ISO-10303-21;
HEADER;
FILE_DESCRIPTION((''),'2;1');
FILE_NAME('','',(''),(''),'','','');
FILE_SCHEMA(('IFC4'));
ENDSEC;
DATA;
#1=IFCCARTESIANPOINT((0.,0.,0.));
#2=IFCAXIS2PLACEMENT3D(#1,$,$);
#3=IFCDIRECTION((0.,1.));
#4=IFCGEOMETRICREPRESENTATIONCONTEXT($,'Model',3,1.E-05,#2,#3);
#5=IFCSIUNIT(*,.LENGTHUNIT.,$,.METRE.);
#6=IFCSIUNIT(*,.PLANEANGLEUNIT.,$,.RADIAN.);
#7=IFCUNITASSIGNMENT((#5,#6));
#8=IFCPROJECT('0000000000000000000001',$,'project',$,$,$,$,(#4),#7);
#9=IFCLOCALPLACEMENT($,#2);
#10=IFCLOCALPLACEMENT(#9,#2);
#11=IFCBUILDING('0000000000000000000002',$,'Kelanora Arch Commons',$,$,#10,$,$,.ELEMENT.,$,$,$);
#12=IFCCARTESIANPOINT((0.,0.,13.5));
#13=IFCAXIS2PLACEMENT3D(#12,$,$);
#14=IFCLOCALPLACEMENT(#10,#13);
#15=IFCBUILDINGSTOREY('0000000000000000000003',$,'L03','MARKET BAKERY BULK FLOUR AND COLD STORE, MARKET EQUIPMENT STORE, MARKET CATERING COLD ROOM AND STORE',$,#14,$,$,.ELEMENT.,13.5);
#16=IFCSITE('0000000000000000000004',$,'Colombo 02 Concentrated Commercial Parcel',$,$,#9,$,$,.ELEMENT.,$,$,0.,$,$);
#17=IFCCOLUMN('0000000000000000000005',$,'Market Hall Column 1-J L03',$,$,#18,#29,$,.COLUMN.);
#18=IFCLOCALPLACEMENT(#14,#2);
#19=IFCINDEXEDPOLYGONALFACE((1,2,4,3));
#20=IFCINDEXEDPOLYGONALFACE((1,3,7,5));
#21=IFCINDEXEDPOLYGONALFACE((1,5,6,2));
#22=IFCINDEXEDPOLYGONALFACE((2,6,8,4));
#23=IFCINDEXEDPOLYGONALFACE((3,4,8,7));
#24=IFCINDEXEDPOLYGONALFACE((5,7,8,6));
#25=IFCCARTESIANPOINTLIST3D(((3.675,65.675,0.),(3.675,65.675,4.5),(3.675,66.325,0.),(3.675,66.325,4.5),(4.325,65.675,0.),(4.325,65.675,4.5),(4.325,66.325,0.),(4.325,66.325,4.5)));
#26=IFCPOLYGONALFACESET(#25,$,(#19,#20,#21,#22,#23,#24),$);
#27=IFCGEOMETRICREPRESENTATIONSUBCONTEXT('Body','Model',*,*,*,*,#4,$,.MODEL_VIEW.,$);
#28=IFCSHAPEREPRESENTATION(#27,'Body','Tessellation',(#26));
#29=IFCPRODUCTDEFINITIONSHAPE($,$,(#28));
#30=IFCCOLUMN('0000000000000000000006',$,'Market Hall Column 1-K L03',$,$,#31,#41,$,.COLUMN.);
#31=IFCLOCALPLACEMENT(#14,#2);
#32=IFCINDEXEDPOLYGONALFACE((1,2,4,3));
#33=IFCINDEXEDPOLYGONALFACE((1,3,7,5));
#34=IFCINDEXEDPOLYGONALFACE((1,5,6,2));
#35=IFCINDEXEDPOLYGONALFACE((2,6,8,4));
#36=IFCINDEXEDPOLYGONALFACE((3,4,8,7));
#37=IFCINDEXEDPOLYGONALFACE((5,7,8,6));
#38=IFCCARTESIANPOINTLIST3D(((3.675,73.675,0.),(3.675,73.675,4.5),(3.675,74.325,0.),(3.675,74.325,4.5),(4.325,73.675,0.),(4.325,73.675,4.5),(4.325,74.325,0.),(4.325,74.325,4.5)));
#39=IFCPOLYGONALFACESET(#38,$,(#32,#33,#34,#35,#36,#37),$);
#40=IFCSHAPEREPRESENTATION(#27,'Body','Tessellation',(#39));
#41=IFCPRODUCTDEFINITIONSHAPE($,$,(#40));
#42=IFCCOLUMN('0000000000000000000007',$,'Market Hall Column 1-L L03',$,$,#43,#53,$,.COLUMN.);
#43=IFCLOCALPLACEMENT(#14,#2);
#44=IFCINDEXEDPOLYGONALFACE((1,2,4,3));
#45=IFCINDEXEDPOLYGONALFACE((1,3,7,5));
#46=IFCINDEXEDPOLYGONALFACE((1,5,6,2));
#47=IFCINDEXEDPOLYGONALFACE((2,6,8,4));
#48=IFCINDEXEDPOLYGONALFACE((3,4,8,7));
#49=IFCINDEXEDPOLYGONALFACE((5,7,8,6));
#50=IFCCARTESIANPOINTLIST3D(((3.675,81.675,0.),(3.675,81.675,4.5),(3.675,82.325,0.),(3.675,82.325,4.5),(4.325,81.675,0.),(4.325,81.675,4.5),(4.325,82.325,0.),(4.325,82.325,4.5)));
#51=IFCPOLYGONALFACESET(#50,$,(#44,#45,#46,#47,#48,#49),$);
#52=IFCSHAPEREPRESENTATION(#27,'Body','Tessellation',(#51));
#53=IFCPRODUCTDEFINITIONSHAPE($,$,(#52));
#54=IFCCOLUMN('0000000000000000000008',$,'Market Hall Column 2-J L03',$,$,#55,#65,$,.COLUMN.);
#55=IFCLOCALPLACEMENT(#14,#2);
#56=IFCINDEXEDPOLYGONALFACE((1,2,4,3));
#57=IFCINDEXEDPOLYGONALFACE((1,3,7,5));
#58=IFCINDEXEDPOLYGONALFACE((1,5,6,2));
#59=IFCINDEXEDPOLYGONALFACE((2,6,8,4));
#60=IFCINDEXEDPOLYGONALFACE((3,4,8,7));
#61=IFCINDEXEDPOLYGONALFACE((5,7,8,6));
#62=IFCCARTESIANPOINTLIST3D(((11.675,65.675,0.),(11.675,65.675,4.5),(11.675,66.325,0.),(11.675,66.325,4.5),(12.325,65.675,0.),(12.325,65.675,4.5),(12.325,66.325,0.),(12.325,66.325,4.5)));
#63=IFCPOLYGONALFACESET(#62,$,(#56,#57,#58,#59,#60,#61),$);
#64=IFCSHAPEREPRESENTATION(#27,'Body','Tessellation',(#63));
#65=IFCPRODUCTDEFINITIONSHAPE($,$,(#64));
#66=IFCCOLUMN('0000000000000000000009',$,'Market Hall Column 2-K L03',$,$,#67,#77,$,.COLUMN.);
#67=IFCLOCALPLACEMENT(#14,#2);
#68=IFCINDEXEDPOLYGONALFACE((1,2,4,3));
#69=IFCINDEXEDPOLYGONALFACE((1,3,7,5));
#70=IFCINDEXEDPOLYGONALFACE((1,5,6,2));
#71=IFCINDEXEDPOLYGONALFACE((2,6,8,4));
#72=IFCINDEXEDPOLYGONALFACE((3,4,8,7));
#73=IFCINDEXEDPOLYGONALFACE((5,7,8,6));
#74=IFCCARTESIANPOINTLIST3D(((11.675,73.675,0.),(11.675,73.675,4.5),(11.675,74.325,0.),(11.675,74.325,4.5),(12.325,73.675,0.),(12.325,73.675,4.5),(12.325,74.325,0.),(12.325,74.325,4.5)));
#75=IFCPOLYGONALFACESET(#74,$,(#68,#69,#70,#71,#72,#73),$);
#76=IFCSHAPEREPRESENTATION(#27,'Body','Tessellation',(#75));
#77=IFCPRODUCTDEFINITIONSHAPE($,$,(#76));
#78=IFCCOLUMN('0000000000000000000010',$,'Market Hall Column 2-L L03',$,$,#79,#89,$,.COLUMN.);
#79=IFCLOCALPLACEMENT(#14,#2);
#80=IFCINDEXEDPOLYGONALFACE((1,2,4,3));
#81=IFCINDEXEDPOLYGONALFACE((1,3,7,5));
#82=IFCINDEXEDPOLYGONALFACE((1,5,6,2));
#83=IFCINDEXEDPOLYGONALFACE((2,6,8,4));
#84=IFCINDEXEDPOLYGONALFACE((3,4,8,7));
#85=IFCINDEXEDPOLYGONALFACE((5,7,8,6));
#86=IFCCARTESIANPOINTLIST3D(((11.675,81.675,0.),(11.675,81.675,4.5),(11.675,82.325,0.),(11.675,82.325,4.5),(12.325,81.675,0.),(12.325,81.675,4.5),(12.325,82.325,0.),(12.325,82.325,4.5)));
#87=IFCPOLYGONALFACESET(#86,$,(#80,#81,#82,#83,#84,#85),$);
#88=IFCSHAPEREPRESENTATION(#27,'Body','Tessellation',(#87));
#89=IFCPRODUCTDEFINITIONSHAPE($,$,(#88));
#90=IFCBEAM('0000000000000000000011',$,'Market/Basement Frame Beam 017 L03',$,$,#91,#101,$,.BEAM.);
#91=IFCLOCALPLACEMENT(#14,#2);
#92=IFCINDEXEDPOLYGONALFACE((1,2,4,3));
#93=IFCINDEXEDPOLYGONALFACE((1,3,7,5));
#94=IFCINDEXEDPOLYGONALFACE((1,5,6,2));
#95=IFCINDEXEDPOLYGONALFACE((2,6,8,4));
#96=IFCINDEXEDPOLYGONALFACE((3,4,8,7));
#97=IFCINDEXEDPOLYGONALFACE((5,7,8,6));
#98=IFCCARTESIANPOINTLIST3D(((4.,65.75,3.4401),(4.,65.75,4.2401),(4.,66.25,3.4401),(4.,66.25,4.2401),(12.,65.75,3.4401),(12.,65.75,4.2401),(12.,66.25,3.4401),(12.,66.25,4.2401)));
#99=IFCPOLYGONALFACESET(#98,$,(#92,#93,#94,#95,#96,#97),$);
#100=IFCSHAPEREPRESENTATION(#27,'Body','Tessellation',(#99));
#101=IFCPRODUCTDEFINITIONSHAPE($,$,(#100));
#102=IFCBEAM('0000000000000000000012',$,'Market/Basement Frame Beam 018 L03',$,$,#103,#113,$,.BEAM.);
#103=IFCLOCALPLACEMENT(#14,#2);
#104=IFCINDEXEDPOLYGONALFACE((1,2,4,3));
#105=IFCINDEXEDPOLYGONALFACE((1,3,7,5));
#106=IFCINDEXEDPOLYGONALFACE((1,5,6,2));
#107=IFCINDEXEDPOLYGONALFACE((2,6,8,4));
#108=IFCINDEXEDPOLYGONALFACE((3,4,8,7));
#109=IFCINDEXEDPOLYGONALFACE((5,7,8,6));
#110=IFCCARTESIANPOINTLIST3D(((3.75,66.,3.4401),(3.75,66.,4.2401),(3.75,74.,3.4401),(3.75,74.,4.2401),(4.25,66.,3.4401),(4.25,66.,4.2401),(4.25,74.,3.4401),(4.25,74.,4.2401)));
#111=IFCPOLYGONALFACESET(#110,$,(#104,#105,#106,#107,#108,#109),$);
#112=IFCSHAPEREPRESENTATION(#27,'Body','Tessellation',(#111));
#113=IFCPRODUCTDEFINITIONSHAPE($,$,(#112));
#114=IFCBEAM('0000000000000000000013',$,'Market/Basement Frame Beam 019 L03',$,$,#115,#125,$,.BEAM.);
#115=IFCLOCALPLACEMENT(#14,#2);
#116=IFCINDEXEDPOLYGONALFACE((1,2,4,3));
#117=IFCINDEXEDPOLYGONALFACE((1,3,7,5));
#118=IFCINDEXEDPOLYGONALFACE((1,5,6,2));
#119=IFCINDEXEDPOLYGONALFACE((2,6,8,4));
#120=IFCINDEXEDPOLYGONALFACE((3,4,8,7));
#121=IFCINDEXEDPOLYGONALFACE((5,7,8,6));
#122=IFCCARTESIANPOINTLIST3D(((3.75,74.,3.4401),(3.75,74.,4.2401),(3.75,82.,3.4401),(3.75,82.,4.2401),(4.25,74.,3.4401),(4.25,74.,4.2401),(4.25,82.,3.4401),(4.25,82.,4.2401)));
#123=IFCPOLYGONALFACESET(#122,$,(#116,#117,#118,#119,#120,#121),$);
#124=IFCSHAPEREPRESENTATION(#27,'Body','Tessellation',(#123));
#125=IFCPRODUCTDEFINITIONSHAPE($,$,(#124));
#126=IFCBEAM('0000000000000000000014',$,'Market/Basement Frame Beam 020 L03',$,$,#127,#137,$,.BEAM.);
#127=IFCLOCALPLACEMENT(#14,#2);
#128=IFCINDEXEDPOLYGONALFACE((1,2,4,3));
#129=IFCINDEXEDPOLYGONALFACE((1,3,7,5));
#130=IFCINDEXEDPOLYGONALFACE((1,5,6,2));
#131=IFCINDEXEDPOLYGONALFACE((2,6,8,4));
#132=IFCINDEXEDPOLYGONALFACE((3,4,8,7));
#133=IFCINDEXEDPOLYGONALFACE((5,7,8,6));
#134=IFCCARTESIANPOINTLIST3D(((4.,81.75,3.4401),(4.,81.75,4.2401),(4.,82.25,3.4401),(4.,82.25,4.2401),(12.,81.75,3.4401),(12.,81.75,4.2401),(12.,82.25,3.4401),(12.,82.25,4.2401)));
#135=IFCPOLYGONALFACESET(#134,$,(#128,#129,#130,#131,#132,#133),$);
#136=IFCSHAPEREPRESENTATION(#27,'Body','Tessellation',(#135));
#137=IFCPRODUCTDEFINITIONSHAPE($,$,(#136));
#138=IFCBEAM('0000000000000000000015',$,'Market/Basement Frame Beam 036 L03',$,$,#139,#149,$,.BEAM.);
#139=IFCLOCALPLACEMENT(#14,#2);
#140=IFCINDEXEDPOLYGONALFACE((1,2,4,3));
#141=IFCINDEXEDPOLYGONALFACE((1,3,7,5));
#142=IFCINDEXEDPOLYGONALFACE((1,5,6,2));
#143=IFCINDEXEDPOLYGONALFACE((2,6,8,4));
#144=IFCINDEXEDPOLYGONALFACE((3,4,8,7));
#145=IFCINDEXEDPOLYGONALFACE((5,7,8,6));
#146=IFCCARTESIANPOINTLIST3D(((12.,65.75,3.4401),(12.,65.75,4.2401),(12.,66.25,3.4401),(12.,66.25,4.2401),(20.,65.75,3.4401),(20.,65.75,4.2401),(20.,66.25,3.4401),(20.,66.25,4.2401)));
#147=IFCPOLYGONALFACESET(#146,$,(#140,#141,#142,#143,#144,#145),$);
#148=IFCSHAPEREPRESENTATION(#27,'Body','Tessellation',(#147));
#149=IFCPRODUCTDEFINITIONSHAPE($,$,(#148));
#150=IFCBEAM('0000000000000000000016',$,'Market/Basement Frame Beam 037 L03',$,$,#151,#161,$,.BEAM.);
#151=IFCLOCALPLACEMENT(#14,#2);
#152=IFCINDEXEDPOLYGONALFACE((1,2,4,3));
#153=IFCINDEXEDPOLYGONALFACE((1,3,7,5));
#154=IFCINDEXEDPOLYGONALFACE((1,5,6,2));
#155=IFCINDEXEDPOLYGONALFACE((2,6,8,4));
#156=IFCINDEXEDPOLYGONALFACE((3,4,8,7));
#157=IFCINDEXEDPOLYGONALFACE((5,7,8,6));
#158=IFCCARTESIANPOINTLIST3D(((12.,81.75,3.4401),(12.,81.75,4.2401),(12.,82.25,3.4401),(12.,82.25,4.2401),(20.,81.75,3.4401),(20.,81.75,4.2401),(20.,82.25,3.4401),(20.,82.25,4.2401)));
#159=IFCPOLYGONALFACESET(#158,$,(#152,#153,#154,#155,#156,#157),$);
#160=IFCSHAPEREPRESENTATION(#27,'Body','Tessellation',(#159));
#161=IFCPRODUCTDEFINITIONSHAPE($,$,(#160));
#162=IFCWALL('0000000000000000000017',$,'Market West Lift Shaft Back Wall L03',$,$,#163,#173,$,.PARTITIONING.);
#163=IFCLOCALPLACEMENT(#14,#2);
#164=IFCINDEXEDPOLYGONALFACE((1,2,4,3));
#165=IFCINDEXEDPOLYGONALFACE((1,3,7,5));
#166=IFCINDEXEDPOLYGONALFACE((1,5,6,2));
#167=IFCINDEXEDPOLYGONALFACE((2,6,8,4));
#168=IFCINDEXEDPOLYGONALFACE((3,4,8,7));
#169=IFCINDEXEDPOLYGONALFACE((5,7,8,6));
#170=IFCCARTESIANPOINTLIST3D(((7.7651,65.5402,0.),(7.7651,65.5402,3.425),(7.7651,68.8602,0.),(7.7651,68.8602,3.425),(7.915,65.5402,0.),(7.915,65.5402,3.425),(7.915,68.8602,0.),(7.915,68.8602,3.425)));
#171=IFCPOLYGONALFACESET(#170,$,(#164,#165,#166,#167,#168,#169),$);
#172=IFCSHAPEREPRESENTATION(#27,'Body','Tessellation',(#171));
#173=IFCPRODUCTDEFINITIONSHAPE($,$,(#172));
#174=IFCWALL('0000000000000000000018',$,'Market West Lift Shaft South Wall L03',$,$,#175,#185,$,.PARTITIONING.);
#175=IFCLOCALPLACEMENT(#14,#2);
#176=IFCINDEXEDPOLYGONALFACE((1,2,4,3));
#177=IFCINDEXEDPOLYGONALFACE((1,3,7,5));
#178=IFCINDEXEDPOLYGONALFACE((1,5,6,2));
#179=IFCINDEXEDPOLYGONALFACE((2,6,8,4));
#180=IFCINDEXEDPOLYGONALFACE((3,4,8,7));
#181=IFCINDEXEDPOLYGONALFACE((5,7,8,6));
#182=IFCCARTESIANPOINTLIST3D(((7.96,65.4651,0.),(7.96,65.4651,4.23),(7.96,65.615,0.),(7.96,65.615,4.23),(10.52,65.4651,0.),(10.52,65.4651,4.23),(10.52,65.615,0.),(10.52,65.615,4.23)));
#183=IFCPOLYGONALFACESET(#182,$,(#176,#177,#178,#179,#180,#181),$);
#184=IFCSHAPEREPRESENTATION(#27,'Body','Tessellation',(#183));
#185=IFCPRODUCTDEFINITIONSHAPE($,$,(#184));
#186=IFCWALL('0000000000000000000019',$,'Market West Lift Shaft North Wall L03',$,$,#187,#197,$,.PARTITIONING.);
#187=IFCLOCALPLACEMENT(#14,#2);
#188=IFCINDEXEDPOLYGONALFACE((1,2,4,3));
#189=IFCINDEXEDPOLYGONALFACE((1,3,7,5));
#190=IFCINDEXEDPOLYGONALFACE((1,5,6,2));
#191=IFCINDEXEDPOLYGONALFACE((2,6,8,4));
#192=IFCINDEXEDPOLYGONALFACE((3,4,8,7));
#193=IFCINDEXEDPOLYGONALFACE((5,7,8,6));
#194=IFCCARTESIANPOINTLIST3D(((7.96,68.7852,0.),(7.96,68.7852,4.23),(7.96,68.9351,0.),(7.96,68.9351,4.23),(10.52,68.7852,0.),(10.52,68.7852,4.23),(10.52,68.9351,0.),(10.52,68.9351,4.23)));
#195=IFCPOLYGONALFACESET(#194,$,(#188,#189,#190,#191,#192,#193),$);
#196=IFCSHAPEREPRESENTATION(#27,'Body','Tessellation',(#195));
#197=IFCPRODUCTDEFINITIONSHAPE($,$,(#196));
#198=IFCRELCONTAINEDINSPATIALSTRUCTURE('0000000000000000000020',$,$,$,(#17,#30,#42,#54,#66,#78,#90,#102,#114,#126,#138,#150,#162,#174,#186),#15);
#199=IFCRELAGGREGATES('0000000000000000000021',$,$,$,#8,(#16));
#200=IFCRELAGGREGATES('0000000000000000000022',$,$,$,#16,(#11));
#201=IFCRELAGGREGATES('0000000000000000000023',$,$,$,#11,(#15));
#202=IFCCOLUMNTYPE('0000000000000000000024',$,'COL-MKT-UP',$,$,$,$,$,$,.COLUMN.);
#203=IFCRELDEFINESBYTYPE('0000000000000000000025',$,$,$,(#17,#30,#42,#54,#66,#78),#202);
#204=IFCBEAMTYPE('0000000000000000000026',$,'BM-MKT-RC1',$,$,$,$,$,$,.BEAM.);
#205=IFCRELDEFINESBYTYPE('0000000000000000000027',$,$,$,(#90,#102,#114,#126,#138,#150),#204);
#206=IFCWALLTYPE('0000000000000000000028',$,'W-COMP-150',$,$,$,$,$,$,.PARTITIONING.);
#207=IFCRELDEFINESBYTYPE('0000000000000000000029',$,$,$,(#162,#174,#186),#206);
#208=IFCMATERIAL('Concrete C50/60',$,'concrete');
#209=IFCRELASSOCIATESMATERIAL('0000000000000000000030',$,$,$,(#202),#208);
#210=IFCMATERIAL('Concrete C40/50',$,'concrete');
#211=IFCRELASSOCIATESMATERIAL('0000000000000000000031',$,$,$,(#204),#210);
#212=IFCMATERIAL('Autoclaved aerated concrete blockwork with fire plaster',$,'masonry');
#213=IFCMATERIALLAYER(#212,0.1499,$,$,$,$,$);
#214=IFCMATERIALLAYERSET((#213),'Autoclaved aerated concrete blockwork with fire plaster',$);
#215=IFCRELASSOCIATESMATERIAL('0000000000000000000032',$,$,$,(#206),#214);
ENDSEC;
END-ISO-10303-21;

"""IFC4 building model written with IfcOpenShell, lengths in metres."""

from ifc_helpers import new_model, si_unit, direction, frame, frame_2d, origin, origin_2d, place, context, subcontext, project, spatial, rectangle, extrude, material, layer, layer_set, material_profile, profile_set, type_object, element, save


model = new_model("IFC4")

# Units and contexts
model_context = context("Model", 3, precision=1e-05, world=origin(), true_north=direction((0.0, 1.0)))
body_context = subcontext(model_context, "Body", "Model", "MODEL_VIEW")
ifc_project = project(units=[si_unit("LENGTHUNIT", "METRE"), si_unit("PLANEANGLEUNIT", "RADIAN")], contexts=[model_context])

# Site, building, storey
site_placement = place(None, origin())
site = spatial("IfcSite", under=ifc_project, at=site_placement, Name="Colombo 02 Concentrated Commercial Parcel", CompositionType="ELEMENT", RefElevation=0.0)
building_placement = place(site_placement, origin())
building = spatial("IfcBuilding", under=site, at=building_placement, Name="Kelanora Arch Commons", CompositionType="ELEMENT")
storey_placement = place(building_placement, frame((0.0, 0.0, 13.5)))
storey = spatial("IfcBuildingStorey", under=building, at=storey_placement, Name="L03", Description="MARKET BAKERY BULK FLOUR AND COLD STORE, MARKET EQUIPMENT STORE, MARKET CATERING COLD ROOM AND STORE", CompositionType="ELEMENT", Elevation=13.5)

# Columns
ifc_material_1 = material(Name="Concrete C50/60", Category="concrete")
ifc_material_profile_1 = material_profile(ifc_material_1, rectangle(XDim=0.6499, YDim=0.6499, at=origin_2d()), Name="RC650x650")
ifc_profile_set_1 = profile_set([ifc_material_profile_1], Name="Concrete C50/60")
column_type = type_object("IfcColumnType", Name="COL-MKT-UP", PredefinedType="COLUMN", material=ifc_profile_set_1)
for number, where, z_axis, x_axis, name in (
    (1, (4.0, 66.0, 0.0), (0.0, 0.0, 1.0), (1.0, 0.0, 0.0), "Market Hall Column 1-J L03"),
    (2, (4.0, 74.0, 0.0), (0.0, 0.0, 1.0), (1.0, 0.0, 0.0), "Market Hall Column 1-K L03"),
    (3, (4.0, 82.0, 0.0), (0.0, 0.0, 1.0), (1.0, 0.0, 0.0), "Market Hall Column 1-L L03"),
    (4, (12.0, 66.0, 0.0), (0.0, 0.0, 1.0), (1.0, 0.0, 0.0), "Market Hall Column 2-J L03"),
    (5, (12.0, 74.0, 0.0), (0.0, 0.0, 1.0), (1.0, 0.0, 0.0), "Market Hall Column 2-K L03"),
    (6, (12.0, 82.0, 0.0), (0.0, 0.0, 1.0), (1.0, 0.0, 0.0), "Market Hall Column 2-L L03"),
):
    element("IfcColumn", number, at=place(storey_placement, frame(where, z_axis=z_axis, x_axis=x_axis)), inside=storey, type_object=column_type, Name=name, PredefinedType="COLUMN", context=body_context, shape_type="SweptSolid", body=[
        extrude(rectangle(XDim=0.6499, YDim=0.6499, at=origin_2d()), origin(), (0.0, 0.0, 1.0), 4.5),
    ])

# Beams
ifc_material_2 = material(Name="Concrete C40/50", Category="concrete")
ifc_material_profile_2 = material_profile(ifc_material_2, rectangle(XDim=0.5, YDim=0.8, at=origin_2d()), Name="RCB500x800")
ifc_profile_set_2 = profile_set([ifc_material_profile_2], Name="Concrete C40/50")
beam_type = type_object("IfcBeamType", Name="BM-MKT-RC1", PredefinedType="BEAM", material=ifc_profile_set_2)
for number, where, z_axis, x_axis, name in (
    (7, (4.0, 66.0, 3.8401), (1.0, 0.0, 0.0), (0.0, 1.0, 0.0), "Market/Basement Frame Beam 017 L03"),
    (8, (4.0, 66.0, 3.8401), (0.0, 1.0, 0.0), (-1.0, 0.0, 0.0), "Market/Basement Frame Beam 018 L03"),
    (9, (4.0, 74.0, 3.8401), (0.0, 1.0, 0.0), (-1.0, 0.0, 0.0), "Market/Basement Frame Beam 019 L03"),
    (10, (4.0, 82.0, 3.8401), (1.0, 0.0, 0.0), (0.0, 1.0, 0.0), "Market/Basement Frame Beam 020 L03"),
    (11, (12.0, 66.0, 3.8401), (1.0, 0.0, 0.0), (0.0, 1.0, 0.0), "Market/Basement Frame Beam 036 L03"),
    (12, (12.0, 82.0, 3.8401), (1.0, 0.0, 0.0), (0.0, 1.0, 0.0), "Market/Basement Frame Beam 037 L03"),
):
    element("IfcBeam", number, at=place(storey_placement, frame(where, z_axis=z_axis, x_axis=x_axis)), inside=storey, type_object=beam_type, Name=name, PredefinedType="BEAM", context=body_context, shape_type="SweptSolid", body=[
        extrude(rectangle(XDim=0.5, YDim=0.8, at=origin_2d()), origin(), (0.0, 0.0, 1.0), 8.0),
    ])

# Walls
ifc_material_3 = material(Name="Autoclaved aerated concrete blockwork with fire plaster", Category="masonry")
ifc_layer_1 = layer(ifc_material_3, 0.1499)
ifc_layer_set_1 = layer_set([ifc_layer_1], Name="Autoclaved aerated concrete blockwork with fire plaster")
wall_type_1 = type_object("IfcWallType", Name="W-COMP-150", PredefinedType="PARTITIONING", material=ifc_layer_set_1)
wall_1_placement = place(storey_placement, frame((7.8401, 65.54, 0.0), z_axis=(0.0, 0.0, 1.0), x_axis=(0.0, 1.0, 0.0)))
element("IfcWall", 13, at=wall_1_placement, inside=storey, type_object=wall_type_1, Name="Market West Lift Shaft Back Wall L03", PredefinedType="PARTITIONING", context=body_context, shape_type="SweptSolid", body=[
    extrude(rectangle(XDim=3.3201, YDim=0.1499, at=frame_2d((1.6602, 0.0))), origin(), (0.0, 0.0, 1.0), 3.425),
])
for number, where, z_axis, x_axis, name in (
    (14, (7.96, 65.54, 0.0), (0.0, 0.0, 1.0), (1.0, 0.0, 0.0), "Market West Lift Shaft South Wall L03"),
    (15, (7.96, 68.8601, 0.0), (0.0, 0.0, 1.0), (1.0, 0.0, 0.0), "Market West Lift Shaft North Wall L03"),
):
    element("IfcWall", number, at=place(storey_placement, frame(where, z_axis=z_axis, x_axis=x_axis)), inside=storey, type_object=wall_type_1, Name=name, PredefinedType="PARTITIONING", context=body_context, shape_type="SweptSolid", body=[
        extrude(rectangle(XDim=2.5601, YDim=0.1499, at=frame_2d((1.28, 0.0))), origin(), (0.0, 0.0, 1.0), 4.23),
    ])

save(model, "model.ifc")
